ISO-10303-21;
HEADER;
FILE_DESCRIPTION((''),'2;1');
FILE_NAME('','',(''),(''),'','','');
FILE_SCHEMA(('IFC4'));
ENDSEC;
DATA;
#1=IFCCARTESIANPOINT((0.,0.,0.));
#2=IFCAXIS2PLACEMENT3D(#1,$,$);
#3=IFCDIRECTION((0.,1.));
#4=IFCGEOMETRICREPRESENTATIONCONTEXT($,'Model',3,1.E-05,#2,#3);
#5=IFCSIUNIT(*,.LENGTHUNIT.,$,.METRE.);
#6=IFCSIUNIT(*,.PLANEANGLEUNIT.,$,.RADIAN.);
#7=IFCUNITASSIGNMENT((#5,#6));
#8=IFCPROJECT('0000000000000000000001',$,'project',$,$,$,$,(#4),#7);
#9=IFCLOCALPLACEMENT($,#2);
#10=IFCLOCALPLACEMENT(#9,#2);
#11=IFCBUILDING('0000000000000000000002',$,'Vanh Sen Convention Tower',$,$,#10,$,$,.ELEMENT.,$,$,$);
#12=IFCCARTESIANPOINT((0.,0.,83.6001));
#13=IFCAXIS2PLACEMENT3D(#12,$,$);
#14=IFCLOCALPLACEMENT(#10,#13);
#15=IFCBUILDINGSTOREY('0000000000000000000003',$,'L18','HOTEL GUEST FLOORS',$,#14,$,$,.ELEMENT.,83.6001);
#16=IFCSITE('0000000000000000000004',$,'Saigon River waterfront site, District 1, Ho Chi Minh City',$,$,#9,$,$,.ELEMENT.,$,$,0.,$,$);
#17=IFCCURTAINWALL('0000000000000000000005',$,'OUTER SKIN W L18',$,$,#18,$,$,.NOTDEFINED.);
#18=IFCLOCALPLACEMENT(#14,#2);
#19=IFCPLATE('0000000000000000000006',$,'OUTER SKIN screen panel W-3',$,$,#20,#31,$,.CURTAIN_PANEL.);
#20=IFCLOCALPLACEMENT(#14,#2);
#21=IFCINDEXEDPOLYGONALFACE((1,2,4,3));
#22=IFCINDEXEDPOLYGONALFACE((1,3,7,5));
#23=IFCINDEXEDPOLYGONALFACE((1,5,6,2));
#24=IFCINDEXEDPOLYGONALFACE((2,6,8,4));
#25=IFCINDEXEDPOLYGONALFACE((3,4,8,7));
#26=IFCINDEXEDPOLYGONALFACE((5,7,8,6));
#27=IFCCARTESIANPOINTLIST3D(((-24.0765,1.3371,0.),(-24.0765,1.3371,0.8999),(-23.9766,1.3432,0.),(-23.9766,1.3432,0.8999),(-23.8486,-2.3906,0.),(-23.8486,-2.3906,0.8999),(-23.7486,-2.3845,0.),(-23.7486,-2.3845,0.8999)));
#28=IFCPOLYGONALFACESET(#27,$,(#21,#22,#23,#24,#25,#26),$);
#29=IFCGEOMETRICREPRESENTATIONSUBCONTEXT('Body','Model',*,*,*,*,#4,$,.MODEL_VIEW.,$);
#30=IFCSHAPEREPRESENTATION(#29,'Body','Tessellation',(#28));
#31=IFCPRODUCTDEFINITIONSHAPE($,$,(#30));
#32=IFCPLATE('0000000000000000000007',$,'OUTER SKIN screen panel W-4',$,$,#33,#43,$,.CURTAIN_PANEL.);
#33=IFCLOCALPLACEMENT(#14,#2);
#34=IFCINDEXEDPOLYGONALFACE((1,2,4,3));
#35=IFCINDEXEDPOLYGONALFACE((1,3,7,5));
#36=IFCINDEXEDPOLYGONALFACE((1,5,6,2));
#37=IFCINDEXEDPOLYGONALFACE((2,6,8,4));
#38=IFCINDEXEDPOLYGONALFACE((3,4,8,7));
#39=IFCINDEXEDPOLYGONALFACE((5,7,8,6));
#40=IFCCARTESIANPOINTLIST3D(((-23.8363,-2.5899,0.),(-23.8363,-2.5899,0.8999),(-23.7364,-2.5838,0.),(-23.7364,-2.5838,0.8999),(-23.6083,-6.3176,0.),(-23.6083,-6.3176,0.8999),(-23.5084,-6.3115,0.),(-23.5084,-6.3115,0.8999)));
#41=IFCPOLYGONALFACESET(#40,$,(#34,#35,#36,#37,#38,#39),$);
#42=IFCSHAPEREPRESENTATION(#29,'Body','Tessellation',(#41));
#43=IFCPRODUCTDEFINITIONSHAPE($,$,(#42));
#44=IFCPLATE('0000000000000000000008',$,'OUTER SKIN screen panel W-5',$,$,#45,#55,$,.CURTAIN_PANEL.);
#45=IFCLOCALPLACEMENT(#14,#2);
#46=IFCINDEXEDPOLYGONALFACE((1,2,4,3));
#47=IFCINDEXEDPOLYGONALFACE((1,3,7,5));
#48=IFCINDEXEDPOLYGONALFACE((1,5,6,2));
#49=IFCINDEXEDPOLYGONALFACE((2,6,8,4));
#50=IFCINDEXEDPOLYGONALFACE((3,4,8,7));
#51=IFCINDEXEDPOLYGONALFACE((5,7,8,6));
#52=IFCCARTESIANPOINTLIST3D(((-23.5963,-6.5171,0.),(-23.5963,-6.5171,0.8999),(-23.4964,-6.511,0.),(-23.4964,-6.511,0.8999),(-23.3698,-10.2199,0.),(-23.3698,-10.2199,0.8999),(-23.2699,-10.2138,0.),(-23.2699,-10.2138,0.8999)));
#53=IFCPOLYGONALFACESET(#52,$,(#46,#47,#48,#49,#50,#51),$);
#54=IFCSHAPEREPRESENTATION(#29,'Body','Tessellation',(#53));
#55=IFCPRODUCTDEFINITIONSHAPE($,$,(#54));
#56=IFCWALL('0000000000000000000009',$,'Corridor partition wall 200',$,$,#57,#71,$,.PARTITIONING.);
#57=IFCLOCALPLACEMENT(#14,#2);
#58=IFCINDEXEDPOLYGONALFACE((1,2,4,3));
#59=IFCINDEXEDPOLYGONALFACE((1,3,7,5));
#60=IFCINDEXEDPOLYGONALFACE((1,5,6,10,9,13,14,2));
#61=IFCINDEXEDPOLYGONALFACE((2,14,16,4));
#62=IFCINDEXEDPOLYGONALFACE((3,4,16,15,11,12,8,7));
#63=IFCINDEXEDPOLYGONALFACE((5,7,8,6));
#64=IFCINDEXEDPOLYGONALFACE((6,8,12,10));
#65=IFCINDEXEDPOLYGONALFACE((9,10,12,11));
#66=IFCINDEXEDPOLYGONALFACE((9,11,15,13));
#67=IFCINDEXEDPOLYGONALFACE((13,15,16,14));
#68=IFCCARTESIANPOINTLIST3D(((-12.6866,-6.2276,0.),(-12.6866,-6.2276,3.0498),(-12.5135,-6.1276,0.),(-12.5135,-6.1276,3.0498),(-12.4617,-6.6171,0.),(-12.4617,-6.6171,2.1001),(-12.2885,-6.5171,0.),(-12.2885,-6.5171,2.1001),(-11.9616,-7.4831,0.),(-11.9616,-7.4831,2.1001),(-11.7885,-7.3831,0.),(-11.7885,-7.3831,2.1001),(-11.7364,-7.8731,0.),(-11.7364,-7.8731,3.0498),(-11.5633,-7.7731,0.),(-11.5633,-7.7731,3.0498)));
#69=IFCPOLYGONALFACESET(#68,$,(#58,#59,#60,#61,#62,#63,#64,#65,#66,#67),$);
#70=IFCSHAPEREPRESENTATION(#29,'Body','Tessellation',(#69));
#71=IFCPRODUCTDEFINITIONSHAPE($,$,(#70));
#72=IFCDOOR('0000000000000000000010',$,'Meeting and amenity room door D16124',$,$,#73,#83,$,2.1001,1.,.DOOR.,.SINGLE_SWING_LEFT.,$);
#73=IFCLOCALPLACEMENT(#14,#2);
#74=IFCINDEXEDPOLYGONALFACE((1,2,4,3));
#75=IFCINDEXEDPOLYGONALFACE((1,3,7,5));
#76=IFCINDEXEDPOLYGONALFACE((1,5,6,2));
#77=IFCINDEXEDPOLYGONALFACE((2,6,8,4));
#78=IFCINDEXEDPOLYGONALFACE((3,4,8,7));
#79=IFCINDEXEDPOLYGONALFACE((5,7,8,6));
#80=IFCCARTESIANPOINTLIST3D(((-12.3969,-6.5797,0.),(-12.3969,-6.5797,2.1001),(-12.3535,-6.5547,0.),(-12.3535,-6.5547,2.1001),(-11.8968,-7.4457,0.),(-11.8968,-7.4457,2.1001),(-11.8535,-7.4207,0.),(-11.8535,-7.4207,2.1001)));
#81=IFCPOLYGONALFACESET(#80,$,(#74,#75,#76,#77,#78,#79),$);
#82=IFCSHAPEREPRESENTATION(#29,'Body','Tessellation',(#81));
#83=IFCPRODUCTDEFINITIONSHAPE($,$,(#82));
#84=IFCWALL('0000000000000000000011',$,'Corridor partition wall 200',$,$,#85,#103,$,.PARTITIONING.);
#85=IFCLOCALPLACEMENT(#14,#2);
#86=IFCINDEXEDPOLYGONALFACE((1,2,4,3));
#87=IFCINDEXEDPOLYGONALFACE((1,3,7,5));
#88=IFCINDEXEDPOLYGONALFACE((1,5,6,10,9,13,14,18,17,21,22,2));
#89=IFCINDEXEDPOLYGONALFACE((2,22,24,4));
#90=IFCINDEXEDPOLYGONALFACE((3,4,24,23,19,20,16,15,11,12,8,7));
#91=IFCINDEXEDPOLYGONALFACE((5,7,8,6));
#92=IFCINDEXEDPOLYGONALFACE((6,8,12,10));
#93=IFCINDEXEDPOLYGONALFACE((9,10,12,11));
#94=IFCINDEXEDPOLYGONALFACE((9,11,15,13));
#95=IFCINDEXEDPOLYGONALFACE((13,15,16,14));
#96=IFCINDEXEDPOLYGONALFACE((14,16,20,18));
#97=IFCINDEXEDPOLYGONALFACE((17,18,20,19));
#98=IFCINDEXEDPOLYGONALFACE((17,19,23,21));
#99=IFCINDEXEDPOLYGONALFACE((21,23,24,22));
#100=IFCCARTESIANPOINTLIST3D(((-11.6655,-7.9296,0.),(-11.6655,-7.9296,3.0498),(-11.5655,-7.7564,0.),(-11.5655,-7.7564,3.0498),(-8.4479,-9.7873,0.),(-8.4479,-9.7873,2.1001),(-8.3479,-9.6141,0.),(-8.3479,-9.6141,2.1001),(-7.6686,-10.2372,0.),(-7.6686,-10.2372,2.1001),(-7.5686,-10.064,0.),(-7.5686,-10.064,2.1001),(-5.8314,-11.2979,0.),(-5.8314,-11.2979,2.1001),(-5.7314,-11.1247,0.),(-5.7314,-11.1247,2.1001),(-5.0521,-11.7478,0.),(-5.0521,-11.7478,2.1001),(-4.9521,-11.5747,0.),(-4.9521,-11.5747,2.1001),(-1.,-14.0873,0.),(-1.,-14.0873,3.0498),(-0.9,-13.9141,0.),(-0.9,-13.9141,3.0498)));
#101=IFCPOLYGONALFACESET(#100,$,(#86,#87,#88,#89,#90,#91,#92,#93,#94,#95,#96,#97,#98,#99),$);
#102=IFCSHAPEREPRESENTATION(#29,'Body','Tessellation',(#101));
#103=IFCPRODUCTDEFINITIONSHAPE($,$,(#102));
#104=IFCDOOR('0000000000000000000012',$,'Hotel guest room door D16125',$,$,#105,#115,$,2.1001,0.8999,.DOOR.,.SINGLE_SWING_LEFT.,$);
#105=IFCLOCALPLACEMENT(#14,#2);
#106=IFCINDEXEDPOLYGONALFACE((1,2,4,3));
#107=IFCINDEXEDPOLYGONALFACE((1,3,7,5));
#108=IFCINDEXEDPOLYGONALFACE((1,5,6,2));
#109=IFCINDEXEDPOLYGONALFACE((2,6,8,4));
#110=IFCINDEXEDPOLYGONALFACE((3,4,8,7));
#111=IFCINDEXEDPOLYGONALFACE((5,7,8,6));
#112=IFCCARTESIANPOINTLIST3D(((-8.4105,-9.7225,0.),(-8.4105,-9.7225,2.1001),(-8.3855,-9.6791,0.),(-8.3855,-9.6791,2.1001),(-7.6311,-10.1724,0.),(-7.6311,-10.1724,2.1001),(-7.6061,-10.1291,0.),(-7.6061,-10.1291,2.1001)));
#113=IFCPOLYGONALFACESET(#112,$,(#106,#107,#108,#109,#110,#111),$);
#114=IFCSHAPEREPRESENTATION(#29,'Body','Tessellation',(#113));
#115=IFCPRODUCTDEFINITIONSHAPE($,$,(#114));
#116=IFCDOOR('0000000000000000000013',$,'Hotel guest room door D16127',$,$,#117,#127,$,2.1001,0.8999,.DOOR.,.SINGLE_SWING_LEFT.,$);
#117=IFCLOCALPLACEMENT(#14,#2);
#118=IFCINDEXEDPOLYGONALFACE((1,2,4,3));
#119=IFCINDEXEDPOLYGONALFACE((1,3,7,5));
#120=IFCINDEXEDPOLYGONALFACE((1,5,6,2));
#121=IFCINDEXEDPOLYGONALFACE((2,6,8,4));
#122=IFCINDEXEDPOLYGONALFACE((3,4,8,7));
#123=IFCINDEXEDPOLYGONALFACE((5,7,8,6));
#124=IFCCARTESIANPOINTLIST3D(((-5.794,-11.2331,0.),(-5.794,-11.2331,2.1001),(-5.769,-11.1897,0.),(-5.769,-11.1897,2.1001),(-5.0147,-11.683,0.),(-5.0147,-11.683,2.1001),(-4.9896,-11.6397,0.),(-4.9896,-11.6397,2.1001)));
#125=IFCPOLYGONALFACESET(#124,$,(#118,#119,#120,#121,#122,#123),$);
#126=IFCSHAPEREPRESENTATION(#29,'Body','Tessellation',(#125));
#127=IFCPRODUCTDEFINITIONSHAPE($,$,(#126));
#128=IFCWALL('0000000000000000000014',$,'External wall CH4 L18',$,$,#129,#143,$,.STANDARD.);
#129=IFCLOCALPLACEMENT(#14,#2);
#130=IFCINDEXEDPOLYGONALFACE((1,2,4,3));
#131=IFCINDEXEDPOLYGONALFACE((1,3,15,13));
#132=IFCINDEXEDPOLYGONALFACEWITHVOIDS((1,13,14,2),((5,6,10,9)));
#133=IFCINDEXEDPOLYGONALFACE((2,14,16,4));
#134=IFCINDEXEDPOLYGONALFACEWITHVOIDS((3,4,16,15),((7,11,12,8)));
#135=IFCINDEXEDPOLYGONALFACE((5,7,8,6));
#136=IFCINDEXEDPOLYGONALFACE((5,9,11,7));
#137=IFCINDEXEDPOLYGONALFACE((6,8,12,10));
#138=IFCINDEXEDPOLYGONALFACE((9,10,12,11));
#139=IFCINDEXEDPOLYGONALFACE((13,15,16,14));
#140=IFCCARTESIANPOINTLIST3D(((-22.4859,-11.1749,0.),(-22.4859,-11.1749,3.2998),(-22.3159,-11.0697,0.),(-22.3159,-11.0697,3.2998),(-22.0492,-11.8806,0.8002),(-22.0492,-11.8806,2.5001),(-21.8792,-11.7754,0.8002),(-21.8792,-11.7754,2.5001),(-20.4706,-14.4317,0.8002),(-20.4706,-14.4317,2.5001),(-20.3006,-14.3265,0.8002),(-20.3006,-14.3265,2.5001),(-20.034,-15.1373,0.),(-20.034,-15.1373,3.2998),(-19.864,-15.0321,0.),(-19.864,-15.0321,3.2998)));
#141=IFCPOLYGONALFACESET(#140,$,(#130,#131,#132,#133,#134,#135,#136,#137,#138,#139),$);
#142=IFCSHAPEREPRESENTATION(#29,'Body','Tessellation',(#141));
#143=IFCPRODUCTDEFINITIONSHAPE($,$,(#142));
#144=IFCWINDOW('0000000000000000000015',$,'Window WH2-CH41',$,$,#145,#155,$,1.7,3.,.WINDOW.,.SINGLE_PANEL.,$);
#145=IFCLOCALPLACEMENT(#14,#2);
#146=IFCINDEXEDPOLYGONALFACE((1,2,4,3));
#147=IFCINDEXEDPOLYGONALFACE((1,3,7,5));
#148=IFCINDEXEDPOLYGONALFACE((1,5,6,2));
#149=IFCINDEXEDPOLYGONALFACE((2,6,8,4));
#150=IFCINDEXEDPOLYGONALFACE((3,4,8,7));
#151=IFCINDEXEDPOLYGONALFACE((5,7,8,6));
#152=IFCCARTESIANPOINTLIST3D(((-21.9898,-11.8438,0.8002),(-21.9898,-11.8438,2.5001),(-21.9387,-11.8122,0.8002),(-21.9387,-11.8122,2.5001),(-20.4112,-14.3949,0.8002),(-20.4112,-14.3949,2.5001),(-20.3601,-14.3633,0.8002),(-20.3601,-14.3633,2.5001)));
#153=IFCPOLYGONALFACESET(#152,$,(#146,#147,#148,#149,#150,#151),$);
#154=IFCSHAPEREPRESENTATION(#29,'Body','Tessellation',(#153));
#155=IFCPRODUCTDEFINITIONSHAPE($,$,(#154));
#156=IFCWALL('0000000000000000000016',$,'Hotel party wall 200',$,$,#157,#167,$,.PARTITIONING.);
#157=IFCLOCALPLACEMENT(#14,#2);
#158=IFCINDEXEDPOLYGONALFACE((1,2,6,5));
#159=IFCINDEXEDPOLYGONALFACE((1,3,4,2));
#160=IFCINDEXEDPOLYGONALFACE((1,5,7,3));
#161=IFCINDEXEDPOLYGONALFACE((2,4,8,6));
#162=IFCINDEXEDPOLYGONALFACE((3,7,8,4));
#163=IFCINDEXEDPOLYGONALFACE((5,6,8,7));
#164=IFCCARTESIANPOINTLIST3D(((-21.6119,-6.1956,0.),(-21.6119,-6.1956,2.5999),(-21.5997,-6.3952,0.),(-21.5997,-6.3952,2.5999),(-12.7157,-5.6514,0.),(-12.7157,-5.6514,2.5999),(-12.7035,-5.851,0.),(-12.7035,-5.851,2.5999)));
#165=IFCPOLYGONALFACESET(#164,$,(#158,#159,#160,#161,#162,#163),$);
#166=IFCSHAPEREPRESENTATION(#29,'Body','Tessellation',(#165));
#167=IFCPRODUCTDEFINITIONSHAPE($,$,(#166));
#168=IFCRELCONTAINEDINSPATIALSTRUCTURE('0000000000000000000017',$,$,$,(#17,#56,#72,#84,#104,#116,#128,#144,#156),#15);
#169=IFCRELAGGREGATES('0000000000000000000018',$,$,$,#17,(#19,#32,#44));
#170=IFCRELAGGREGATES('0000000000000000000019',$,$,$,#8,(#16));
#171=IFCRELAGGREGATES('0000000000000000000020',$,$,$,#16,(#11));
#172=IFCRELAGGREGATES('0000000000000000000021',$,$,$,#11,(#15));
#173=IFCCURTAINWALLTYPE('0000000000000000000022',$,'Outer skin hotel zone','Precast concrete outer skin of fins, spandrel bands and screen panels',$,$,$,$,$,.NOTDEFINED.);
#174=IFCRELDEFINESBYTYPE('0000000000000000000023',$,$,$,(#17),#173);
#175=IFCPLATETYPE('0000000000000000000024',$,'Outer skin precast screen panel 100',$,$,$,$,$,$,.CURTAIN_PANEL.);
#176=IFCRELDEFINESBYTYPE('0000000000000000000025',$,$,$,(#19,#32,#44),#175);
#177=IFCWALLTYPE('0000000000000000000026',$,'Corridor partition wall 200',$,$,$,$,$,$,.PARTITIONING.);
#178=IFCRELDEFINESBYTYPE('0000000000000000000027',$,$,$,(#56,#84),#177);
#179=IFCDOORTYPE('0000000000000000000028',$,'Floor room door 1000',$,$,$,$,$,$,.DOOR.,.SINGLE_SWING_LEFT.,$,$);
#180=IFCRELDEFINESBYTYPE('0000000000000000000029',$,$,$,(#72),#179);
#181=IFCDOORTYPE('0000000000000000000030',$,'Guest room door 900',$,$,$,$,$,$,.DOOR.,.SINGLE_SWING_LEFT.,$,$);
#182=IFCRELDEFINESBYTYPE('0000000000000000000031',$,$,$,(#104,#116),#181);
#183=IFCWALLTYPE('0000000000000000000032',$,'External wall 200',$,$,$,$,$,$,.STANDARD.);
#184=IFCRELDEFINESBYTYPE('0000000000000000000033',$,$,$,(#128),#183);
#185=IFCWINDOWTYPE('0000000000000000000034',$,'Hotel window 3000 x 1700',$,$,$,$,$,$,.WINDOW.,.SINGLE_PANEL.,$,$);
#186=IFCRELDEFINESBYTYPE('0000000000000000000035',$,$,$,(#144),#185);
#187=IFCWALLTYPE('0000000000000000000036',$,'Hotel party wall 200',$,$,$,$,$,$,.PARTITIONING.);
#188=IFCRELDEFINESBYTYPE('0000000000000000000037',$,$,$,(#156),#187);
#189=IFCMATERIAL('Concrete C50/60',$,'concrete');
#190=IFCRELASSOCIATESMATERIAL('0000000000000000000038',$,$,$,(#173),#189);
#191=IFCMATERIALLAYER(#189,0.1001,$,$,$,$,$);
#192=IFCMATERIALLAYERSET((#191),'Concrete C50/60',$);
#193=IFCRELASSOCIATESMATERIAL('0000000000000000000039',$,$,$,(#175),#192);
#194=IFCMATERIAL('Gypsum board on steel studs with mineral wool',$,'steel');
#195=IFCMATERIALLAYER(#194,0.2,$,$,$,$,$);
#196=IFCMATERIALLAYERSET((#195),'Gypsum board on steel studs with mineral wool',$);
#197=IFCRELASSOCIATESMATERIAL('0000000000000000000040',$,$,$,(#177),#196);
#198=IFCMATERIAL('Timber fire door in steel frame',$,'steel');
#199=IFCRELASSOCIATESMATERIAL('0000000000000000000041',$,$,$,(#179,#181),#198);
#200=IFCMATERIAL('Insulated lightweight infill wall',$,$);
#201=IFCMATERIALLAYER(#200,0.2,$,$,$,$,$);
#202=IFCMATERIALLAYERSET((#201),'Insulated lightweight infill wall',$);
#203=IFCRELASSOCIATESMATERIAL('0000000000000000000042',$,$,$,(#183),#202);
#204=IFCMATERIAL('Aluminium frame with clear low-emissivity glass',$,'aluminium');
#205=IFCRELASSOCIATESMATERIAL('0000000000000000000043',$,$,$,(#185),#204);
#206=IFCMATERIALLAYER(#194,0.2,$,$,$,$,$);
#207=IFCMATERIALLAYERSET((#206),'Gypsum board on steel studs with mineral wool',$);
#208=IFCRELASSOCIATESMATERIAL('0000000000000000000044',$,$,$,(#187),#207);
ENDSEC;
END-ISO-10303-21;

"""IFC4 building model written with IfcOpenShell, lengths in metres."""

from ifc_helpers import new_model, si_unit, direction, frame, frame_2d, origin, origin_2d, place, context, subcontext, project, spatial, rectangle, extrude, material, layer, layer_set, type_object, element, fill, aggregate, save


model = new_model("IFC4")

# Units and contexts
model_context = context("Model", 3, precision=1e-05, world=origin(), true_north=direction((0.0, 1.0)))
body_context = subcontext(model_context, "Body", "Model", "MODEL_VIEW")
ifc_project = project(units=[si_unit("LENGTHUNIT", "METRE"), si_unit("PLANEANGLEUNIT", "RADIAN")], contexts=[model_context])

# Site, building, storey
site_placement = place(None, origin())
site = spatial("IfcSite", under=ifc_project, at=site_placement, Name="Saigon River waterfront site, District 1, Ho Chi Minh City", CompositionType="ELEMENT", RefElevation=0.0)
building_placement = place(site_placement, origin())
building = spatial("IfcBuilding", under=site, at=building_placement, Name="Vanh Sen Convention Tower", CompositionType="ELEMENT")
storey_placement = place(building_placement, frame((0.0, 0.0, 83.6001)))
storey = spatial("IfcBuildingStorey", under=building, at=storey_placement, Name="L18", Description="HOTEL GUEST FLOORS", CompositionType="ELEMENT", Elevation=83.6001)

# Curtain wall
ifc_material_1 = material(Name="Concrete C50/60", Category="concrete")
curtain_wall_type = type_object("IfcCurtainWallType", Name="Outer skin hotel zone", Description="Precast concrete outer skin of fins, spandrel bands and screen panels", PredefinedType="NOTDEFINED", material=ifc_material_1)
curtain_wall_1_placement = place(storey_placement, origin())
curtain_wall_1 = element("IfcCurtainWall", 1, at=curtain_wall_1_placement, inside=storey, type_object=curtain_wall_type, Name="OUTER SKIN W L18", PredefinedType="NOTDEFINED")

# Plates
ifc_layer_1 = layer(ifc_material_1, 0.1001)
ifc_layer_set_1 = layer_set([ifc_layer_1], Name="Concrete C50/60")
plate_type = type_object("IfcPlateType", Name="Outer skin precast screen panel 100", PredefinedType="CURTAIN_PANEL", material=ifc_layer_set_1)
plate_1_placement = place(storey_placement, frame((-23.9126, -0.5237, 0.0), z_axis=(0.0, 0.0, 1.0), x_axis=(0.061047, -0.998135, 0.0)))
plate_1 = element("IfcPlate", 2, at=plate_1_placement, type_object=plate_type, Name="OUTER SKIN screen panel W-3", PredefinedType="CURTAIN_PANEL", context=body_context, shape_type="SweptSolid", body=[
    extrude(rectangle(XDim=3.7346, YDim=0.1001, at=origin_2d()), origin(), (0.0, 0.0, 1.0), 0.8999),
])
plate_2_placement = place(storey_placement, frame((-23.6724, -4.4507, 0.0), z_axis=(0.0, 0.0, 1.0), x_axis=(0.061049, -0.998135, 0.0)))
plate_2 = element("IfcPlate", 3, at=plate_2_placement, type_object=plate_type, Name="OUTER SKIN screen panel W-4", PredefinedType="CURTAIN_PANEL", context=body_context, shape_type="SweptSolid", body=[
    extrude(rectangle(XDim=3.7346, YDim=0.1001, at=origin_2d()), origin(), (0.0, 0.0, 1.0), 0.8999),
])
plate_3_placement = place(storey_placement, frame((-23.4331, -8.3655, 0.0), z_axis=(0.0, 0.0, 1.0), x_axis=(0.061047, -0.998135, 0.0)))
plate_3 = element("IfcPlate", 4, at=plate_3_placement, type_object=plate_type, Name="OUTER SKIN screen panel W-5", PredefinedType="CURTAIN_PANEL", context=body_context, shape_type="SweptSolid", body=[
    extrude(rectangle(XDim=3.7097, YDim=0.1001, at=origin_2d()), origin(), (0.0, 0.0, 1.0), 0.8999),
])
aggregate(curtain_wall_1, [plate_1, plate_2, plate_3])

# Wall, opening, door
ifc_material_2 = material(Name="Gypsum board on steel studs with mineral wool", Category="steel")
ifc_layer_2 = layer(ifc_material_2, 0.2)
ifc_layer_set_2 = layer_set([ifc_layer_2], Name="Gypsum board on steel studs with mineral wool")
wall_type_1 = type_object("IfcWallType", Name="Corridor partition wall 200", PredefinedType="PARTITIONING", material=ifc_layer_set_2)
wall_1_placement = place(storey_placement, frame((-12.6001, -6.1775, 0.0), z_axis=(0.0, 0.0, 1.0), x_axis=(0.500064, -0.865989, 0.0)))
wall_1 = element("IfcWall", 5, at=wall_1_placement, inside=storey, type_object=wall_type_1, Name="Corridor partition wall 200", PredefinedType="PARTITIONING", context=body_context, shape_type="SweptSolid", body=[
    extrude(rectangle(XDim=1.9001, YDim=0.2, at=frame_2d((0.9502, 0.0))), origin(), (0.0, 0.0, 1.0), 3.0498),
])
opening_1_placement = place(wall_1_placement, frame((0.45, 0.0, 0.0)))
opening_1 = element("IfcOpeningElement", 6, at=opening_1_placement, cuts=wall_1, PredefinedType="OPENING", context=body_context, shape_type="SweptSolid", body=[
    extrude(rectangle(XDim=1.0, YDim=2.1001, at=frame_2d((0.5, 1.05))), frame((0.0, 0.1099, 0.0), z_axis=(0.0, -1.0, 0.0), x_axis=(1.0, 0.0, 0.0)), (0.0, 0.0, 1.0), 0.22),
])
ifc_material_3 = material(Name="Timber fire door in steel frame", Category="steel")
door_type_1 = type_object("IfcDoorType", Name="Floor room door 1000", OperationType="SINGLE_SWING_LEFT", PredefinedType="DOOR", material=ifc_material_3)
door_1_placement = place(opening_1_placement, origin())
door_1 = element("IfcDoor", 7, at=door_1_placement, inside=storey, type_object=door_type_1, Name="Meeting and amenity room door D16124", OperationType="SINGLE_SWING_LEFT", OverallHeight=2.1001, OverallWidth=1.0, PredefinedType="DOOR", context=body_context, shape_type="SweptSolid", body=[
    extrude(rectangle(XDim=1.0, YDim=2.1001, at=frame_2d((0.5, 1.05))), frame((0.0, 0.0249, 0.0), z_axis=(0.0, -1.0, 0.0), x_axis=(1.0, 0.0, 0.0)), (0.0, 0.0, 1.0), 0.05),
])
fill(opening_1, door_1)

# Wall, openings, doors
wall_2_placement = place(storey_placement, frame((-11.6155, -7.843, 0.0), z_axis=(0.0, 0.0, 1.0), x_axis=(0.866026, -0.499998, 0.0)))
wall_2 = element("IfcWall", 8, at=wall_2_placement, inside=storey, type_object=wall_type_1, Name="Corridor partition wall 200", PredefinedType="PARTITIONING", context=body_context, shape_type="SweptSolid", body=[
    extrude(rectangle(XDim=12.3154, YDim=0.2, at=frame_2d((6.1577, 0.0))), origin(), (0.0, 0.0, 1.0), 3.0498),
])
opening_2_placement = place(wall_2_placement, frame((3.7153, 0.0, 0.0)))
opening_2 = element("IfcOpeningElement", 9, at=opening_2_placement, cuts=wall_2, PredefinedType="OPENING", context=body_context, shape_type="SweptSolid", body=[
    extrude(rectangle(XDim=0.8999, YDim=2.1001, at=frame_2d((0.45, 1.05))), frame((0.0, 0.1099, 0.0), z_axis=(0.0, -1.0, 0.0), x_axis=(1.0, 0.0, 0.0)), (0.0, 0.0, 1.0), 0.22),
])
opening_3_placement = place(wall_2_placement, frame((6.7366, 0.0, 0.0)))
opening_3 = element("IfcOpeningElement", 10, at=opening_3_placement, cuts=wall_2, PredefinedType="OPENING", context=body_context, shape_type="SweptSolid", body=[
    extrude(rectangle(XDim=0.8999, YDim=2.1001, at=frame_2d((0.45, 1.05))), frame((0.0, 0.1099, 0.0), z_axis=(0.0, -1.0, 0.0), x_axis=(1.0, 0.0, 0.0)), (0.0, 0.0, 1.0), 0.22),
])
door_type_2 = type_object("IfcDoorType", Name="Guest room door 900", OperationType="SINGLE_SWING_LEFT", PredefinedType="DOOR", material=ifc_material_3)
door_2_placement = place(opening_2_placement, origin())
door_2 = element("IfcDoor", 11, at=door_2_placement, inside=storey, type_object=door_type_2, Name="Hotel guest room door D16125", OperationType="SINGLE_SWING_LEFT", OverallHeight=2.1001, OverallWidth=0.8999, PredefinedType="DOOR", context=body_context, shape_type="SweptSolid", body=[
    extrude(rectangle(XDim=0.8999, YDim=2.1001, at=frame_2d((0.45, 1.05))), frame((0.0, 0.0249, 0.0), z_axis=(0.0, -1.0, 0.0), x_axis=(1.0, 0.0, 0.0)), (0.0, 0.0, 1.0), 0.05),
])
fill(opening_2, door_2)
door_3_placement = place(opening_3_placement, origin())
door_3 = element("IfcDoor", 12, at=door_3_placement, inside=storey, type_object=door_type_2, Name="Hotel guest room door D16127", OperationType="SINGLE_SWING_LEFT", OverallHeight=2.1001, OverallWidth=0.8999, PredefinedType="DOOR", context=body_context, shape_type="SweptSolid", body=[
    extrude(rectangle(XDim=0.8999, YDim=2.1001, at=frame_2d((0.45, 1.05))), frame((0.0, 0.0249, 0.0), z_axis=(0.0, -1.0, 0.0), x_axis=(1.0, 0.0, 0.0)), (0.0, 0.0, 1.0), 0.05),
])
fill(opening_3, door_3)

# Wall, opening, window
ifc_material_4 = material(Name="Insulated lightweight infill wall")
ifc_layer_3 = layer(ifc_material_4, 0.2)
ifc_layer_set_3 = layer_set([ifc_layer_3], Name="Insulated lightweight infill wall")
wall_type_2 = type_object("IfcWallType", Name="External wall 200", PredefinedType="STANDARD", material=ifc_layer_set_3)
wall_3_placement = place(storey_placement, frame((-22.4009, -11.1223, 0.0), z_axis=(0.0, 0.0, 1.0), x_axis=(0.526198, -0.850362, 0.0)))
wall_3 = element("IfcWall", 13, at=wall_3_placement, inside=storey, type_object=wall_type_2, Name="External wall CH4 L18", PredefinedType="STANDARD", context=body_context, shape_type="SweptSolid", body=[
    extrude(rectangle(XDim=4.6597, YDim=0.2, at=frame_2d((2.3298, 0.0))), origin(), (0.0, 0.0, 1.0), 3.2998),
])
opening_4_placement = place(wall_3_placement, frame((0.8298, 0.0, 0.8)))
opening_4 = element("IfcOpeningElement", 14, at=opening_4_placement, cuts=wall_3, PredefinedType="OPENING", context=body_context, shape_type="SweptSolid", body=[
    extrude(rectangle(XDim=3.0, YDim=1.7, at=frame_2d((1.5, 0.8501))), frame((0.0, 0.1099, 0.0), z_axis=(0.0, -1.0, 0.0), x_axis=(1.0, 0.0, 0.0)), (0.0, 0.0, 1.0), 0.22),
])
ifc_material_5 = material(Name="Aluminium frame with clear low-emissivity glass", Category="aluminium")
window_type = type_object("IfcWindowType", Name="Hotel window 3000 x 1700", PartitioningType="SINGLE_PANEL", PredefinedType="WINDOW", material=ifc_material_5)
window_placement = place(opening_4_placement, origin())
window = element("IfcWindow", 15, at=window_placement, inside=storey, type_object=window_type, Name="Window WH2-CH41", OverallHeight=1.7, OverallWidth=3.0, PartitioningType="SINGLE_PANEL", PredefinedType="WINDOW", context=body_context, shape_type="SweptSolid", body=[
    extrude(rectangle(XDim=3.0, YDim=1.7, at=frame_2d((1.5, 0.8501))), frame((0.0, 0.03, 0.0), z_axis=(0.0, -1.0, 0.0), x_axis=(1.0, 0.0, 0.0)), (0.0, 0.0, 1.0), 0.0601),
])
fill(opening_4, window)

# Wall
ifc_layer_4 = layer(ifc_material_2, 0.2)
ifc_layer_set_4 = layer_set([ifc_layer_4], Name="Gypsum board on steel studs with mineral wool")
wall_type_3 = type_object("IfcWallType", Name="Hotel party wall 200", PredefinedType="PARTITIONING", material=ifc_layer_set_4)
wall_4_placement = place(storey_placement, frame((-21.606, -6.2954, 0.0), z_axis=(0.0, 0.0, 1.0), x_axis=(0.998134, 0.061057, 0.0)))
element("IfcWall", 16, at=wall_4_placement, inside=storey, type_object=wall_type_3, Name="Hotel party wall 200", PredefinedType="PARTITIONING", context=body_context, shape_type="SweptSolid", body=[
    extrude(rectangle(XDim=8.9128, YDim=0.2, at=frame_2d((4.4565, 0.0))), origin(), (0.0, 0.0, 1.0), 2.5999),
])

save(model, "model.ifc")
